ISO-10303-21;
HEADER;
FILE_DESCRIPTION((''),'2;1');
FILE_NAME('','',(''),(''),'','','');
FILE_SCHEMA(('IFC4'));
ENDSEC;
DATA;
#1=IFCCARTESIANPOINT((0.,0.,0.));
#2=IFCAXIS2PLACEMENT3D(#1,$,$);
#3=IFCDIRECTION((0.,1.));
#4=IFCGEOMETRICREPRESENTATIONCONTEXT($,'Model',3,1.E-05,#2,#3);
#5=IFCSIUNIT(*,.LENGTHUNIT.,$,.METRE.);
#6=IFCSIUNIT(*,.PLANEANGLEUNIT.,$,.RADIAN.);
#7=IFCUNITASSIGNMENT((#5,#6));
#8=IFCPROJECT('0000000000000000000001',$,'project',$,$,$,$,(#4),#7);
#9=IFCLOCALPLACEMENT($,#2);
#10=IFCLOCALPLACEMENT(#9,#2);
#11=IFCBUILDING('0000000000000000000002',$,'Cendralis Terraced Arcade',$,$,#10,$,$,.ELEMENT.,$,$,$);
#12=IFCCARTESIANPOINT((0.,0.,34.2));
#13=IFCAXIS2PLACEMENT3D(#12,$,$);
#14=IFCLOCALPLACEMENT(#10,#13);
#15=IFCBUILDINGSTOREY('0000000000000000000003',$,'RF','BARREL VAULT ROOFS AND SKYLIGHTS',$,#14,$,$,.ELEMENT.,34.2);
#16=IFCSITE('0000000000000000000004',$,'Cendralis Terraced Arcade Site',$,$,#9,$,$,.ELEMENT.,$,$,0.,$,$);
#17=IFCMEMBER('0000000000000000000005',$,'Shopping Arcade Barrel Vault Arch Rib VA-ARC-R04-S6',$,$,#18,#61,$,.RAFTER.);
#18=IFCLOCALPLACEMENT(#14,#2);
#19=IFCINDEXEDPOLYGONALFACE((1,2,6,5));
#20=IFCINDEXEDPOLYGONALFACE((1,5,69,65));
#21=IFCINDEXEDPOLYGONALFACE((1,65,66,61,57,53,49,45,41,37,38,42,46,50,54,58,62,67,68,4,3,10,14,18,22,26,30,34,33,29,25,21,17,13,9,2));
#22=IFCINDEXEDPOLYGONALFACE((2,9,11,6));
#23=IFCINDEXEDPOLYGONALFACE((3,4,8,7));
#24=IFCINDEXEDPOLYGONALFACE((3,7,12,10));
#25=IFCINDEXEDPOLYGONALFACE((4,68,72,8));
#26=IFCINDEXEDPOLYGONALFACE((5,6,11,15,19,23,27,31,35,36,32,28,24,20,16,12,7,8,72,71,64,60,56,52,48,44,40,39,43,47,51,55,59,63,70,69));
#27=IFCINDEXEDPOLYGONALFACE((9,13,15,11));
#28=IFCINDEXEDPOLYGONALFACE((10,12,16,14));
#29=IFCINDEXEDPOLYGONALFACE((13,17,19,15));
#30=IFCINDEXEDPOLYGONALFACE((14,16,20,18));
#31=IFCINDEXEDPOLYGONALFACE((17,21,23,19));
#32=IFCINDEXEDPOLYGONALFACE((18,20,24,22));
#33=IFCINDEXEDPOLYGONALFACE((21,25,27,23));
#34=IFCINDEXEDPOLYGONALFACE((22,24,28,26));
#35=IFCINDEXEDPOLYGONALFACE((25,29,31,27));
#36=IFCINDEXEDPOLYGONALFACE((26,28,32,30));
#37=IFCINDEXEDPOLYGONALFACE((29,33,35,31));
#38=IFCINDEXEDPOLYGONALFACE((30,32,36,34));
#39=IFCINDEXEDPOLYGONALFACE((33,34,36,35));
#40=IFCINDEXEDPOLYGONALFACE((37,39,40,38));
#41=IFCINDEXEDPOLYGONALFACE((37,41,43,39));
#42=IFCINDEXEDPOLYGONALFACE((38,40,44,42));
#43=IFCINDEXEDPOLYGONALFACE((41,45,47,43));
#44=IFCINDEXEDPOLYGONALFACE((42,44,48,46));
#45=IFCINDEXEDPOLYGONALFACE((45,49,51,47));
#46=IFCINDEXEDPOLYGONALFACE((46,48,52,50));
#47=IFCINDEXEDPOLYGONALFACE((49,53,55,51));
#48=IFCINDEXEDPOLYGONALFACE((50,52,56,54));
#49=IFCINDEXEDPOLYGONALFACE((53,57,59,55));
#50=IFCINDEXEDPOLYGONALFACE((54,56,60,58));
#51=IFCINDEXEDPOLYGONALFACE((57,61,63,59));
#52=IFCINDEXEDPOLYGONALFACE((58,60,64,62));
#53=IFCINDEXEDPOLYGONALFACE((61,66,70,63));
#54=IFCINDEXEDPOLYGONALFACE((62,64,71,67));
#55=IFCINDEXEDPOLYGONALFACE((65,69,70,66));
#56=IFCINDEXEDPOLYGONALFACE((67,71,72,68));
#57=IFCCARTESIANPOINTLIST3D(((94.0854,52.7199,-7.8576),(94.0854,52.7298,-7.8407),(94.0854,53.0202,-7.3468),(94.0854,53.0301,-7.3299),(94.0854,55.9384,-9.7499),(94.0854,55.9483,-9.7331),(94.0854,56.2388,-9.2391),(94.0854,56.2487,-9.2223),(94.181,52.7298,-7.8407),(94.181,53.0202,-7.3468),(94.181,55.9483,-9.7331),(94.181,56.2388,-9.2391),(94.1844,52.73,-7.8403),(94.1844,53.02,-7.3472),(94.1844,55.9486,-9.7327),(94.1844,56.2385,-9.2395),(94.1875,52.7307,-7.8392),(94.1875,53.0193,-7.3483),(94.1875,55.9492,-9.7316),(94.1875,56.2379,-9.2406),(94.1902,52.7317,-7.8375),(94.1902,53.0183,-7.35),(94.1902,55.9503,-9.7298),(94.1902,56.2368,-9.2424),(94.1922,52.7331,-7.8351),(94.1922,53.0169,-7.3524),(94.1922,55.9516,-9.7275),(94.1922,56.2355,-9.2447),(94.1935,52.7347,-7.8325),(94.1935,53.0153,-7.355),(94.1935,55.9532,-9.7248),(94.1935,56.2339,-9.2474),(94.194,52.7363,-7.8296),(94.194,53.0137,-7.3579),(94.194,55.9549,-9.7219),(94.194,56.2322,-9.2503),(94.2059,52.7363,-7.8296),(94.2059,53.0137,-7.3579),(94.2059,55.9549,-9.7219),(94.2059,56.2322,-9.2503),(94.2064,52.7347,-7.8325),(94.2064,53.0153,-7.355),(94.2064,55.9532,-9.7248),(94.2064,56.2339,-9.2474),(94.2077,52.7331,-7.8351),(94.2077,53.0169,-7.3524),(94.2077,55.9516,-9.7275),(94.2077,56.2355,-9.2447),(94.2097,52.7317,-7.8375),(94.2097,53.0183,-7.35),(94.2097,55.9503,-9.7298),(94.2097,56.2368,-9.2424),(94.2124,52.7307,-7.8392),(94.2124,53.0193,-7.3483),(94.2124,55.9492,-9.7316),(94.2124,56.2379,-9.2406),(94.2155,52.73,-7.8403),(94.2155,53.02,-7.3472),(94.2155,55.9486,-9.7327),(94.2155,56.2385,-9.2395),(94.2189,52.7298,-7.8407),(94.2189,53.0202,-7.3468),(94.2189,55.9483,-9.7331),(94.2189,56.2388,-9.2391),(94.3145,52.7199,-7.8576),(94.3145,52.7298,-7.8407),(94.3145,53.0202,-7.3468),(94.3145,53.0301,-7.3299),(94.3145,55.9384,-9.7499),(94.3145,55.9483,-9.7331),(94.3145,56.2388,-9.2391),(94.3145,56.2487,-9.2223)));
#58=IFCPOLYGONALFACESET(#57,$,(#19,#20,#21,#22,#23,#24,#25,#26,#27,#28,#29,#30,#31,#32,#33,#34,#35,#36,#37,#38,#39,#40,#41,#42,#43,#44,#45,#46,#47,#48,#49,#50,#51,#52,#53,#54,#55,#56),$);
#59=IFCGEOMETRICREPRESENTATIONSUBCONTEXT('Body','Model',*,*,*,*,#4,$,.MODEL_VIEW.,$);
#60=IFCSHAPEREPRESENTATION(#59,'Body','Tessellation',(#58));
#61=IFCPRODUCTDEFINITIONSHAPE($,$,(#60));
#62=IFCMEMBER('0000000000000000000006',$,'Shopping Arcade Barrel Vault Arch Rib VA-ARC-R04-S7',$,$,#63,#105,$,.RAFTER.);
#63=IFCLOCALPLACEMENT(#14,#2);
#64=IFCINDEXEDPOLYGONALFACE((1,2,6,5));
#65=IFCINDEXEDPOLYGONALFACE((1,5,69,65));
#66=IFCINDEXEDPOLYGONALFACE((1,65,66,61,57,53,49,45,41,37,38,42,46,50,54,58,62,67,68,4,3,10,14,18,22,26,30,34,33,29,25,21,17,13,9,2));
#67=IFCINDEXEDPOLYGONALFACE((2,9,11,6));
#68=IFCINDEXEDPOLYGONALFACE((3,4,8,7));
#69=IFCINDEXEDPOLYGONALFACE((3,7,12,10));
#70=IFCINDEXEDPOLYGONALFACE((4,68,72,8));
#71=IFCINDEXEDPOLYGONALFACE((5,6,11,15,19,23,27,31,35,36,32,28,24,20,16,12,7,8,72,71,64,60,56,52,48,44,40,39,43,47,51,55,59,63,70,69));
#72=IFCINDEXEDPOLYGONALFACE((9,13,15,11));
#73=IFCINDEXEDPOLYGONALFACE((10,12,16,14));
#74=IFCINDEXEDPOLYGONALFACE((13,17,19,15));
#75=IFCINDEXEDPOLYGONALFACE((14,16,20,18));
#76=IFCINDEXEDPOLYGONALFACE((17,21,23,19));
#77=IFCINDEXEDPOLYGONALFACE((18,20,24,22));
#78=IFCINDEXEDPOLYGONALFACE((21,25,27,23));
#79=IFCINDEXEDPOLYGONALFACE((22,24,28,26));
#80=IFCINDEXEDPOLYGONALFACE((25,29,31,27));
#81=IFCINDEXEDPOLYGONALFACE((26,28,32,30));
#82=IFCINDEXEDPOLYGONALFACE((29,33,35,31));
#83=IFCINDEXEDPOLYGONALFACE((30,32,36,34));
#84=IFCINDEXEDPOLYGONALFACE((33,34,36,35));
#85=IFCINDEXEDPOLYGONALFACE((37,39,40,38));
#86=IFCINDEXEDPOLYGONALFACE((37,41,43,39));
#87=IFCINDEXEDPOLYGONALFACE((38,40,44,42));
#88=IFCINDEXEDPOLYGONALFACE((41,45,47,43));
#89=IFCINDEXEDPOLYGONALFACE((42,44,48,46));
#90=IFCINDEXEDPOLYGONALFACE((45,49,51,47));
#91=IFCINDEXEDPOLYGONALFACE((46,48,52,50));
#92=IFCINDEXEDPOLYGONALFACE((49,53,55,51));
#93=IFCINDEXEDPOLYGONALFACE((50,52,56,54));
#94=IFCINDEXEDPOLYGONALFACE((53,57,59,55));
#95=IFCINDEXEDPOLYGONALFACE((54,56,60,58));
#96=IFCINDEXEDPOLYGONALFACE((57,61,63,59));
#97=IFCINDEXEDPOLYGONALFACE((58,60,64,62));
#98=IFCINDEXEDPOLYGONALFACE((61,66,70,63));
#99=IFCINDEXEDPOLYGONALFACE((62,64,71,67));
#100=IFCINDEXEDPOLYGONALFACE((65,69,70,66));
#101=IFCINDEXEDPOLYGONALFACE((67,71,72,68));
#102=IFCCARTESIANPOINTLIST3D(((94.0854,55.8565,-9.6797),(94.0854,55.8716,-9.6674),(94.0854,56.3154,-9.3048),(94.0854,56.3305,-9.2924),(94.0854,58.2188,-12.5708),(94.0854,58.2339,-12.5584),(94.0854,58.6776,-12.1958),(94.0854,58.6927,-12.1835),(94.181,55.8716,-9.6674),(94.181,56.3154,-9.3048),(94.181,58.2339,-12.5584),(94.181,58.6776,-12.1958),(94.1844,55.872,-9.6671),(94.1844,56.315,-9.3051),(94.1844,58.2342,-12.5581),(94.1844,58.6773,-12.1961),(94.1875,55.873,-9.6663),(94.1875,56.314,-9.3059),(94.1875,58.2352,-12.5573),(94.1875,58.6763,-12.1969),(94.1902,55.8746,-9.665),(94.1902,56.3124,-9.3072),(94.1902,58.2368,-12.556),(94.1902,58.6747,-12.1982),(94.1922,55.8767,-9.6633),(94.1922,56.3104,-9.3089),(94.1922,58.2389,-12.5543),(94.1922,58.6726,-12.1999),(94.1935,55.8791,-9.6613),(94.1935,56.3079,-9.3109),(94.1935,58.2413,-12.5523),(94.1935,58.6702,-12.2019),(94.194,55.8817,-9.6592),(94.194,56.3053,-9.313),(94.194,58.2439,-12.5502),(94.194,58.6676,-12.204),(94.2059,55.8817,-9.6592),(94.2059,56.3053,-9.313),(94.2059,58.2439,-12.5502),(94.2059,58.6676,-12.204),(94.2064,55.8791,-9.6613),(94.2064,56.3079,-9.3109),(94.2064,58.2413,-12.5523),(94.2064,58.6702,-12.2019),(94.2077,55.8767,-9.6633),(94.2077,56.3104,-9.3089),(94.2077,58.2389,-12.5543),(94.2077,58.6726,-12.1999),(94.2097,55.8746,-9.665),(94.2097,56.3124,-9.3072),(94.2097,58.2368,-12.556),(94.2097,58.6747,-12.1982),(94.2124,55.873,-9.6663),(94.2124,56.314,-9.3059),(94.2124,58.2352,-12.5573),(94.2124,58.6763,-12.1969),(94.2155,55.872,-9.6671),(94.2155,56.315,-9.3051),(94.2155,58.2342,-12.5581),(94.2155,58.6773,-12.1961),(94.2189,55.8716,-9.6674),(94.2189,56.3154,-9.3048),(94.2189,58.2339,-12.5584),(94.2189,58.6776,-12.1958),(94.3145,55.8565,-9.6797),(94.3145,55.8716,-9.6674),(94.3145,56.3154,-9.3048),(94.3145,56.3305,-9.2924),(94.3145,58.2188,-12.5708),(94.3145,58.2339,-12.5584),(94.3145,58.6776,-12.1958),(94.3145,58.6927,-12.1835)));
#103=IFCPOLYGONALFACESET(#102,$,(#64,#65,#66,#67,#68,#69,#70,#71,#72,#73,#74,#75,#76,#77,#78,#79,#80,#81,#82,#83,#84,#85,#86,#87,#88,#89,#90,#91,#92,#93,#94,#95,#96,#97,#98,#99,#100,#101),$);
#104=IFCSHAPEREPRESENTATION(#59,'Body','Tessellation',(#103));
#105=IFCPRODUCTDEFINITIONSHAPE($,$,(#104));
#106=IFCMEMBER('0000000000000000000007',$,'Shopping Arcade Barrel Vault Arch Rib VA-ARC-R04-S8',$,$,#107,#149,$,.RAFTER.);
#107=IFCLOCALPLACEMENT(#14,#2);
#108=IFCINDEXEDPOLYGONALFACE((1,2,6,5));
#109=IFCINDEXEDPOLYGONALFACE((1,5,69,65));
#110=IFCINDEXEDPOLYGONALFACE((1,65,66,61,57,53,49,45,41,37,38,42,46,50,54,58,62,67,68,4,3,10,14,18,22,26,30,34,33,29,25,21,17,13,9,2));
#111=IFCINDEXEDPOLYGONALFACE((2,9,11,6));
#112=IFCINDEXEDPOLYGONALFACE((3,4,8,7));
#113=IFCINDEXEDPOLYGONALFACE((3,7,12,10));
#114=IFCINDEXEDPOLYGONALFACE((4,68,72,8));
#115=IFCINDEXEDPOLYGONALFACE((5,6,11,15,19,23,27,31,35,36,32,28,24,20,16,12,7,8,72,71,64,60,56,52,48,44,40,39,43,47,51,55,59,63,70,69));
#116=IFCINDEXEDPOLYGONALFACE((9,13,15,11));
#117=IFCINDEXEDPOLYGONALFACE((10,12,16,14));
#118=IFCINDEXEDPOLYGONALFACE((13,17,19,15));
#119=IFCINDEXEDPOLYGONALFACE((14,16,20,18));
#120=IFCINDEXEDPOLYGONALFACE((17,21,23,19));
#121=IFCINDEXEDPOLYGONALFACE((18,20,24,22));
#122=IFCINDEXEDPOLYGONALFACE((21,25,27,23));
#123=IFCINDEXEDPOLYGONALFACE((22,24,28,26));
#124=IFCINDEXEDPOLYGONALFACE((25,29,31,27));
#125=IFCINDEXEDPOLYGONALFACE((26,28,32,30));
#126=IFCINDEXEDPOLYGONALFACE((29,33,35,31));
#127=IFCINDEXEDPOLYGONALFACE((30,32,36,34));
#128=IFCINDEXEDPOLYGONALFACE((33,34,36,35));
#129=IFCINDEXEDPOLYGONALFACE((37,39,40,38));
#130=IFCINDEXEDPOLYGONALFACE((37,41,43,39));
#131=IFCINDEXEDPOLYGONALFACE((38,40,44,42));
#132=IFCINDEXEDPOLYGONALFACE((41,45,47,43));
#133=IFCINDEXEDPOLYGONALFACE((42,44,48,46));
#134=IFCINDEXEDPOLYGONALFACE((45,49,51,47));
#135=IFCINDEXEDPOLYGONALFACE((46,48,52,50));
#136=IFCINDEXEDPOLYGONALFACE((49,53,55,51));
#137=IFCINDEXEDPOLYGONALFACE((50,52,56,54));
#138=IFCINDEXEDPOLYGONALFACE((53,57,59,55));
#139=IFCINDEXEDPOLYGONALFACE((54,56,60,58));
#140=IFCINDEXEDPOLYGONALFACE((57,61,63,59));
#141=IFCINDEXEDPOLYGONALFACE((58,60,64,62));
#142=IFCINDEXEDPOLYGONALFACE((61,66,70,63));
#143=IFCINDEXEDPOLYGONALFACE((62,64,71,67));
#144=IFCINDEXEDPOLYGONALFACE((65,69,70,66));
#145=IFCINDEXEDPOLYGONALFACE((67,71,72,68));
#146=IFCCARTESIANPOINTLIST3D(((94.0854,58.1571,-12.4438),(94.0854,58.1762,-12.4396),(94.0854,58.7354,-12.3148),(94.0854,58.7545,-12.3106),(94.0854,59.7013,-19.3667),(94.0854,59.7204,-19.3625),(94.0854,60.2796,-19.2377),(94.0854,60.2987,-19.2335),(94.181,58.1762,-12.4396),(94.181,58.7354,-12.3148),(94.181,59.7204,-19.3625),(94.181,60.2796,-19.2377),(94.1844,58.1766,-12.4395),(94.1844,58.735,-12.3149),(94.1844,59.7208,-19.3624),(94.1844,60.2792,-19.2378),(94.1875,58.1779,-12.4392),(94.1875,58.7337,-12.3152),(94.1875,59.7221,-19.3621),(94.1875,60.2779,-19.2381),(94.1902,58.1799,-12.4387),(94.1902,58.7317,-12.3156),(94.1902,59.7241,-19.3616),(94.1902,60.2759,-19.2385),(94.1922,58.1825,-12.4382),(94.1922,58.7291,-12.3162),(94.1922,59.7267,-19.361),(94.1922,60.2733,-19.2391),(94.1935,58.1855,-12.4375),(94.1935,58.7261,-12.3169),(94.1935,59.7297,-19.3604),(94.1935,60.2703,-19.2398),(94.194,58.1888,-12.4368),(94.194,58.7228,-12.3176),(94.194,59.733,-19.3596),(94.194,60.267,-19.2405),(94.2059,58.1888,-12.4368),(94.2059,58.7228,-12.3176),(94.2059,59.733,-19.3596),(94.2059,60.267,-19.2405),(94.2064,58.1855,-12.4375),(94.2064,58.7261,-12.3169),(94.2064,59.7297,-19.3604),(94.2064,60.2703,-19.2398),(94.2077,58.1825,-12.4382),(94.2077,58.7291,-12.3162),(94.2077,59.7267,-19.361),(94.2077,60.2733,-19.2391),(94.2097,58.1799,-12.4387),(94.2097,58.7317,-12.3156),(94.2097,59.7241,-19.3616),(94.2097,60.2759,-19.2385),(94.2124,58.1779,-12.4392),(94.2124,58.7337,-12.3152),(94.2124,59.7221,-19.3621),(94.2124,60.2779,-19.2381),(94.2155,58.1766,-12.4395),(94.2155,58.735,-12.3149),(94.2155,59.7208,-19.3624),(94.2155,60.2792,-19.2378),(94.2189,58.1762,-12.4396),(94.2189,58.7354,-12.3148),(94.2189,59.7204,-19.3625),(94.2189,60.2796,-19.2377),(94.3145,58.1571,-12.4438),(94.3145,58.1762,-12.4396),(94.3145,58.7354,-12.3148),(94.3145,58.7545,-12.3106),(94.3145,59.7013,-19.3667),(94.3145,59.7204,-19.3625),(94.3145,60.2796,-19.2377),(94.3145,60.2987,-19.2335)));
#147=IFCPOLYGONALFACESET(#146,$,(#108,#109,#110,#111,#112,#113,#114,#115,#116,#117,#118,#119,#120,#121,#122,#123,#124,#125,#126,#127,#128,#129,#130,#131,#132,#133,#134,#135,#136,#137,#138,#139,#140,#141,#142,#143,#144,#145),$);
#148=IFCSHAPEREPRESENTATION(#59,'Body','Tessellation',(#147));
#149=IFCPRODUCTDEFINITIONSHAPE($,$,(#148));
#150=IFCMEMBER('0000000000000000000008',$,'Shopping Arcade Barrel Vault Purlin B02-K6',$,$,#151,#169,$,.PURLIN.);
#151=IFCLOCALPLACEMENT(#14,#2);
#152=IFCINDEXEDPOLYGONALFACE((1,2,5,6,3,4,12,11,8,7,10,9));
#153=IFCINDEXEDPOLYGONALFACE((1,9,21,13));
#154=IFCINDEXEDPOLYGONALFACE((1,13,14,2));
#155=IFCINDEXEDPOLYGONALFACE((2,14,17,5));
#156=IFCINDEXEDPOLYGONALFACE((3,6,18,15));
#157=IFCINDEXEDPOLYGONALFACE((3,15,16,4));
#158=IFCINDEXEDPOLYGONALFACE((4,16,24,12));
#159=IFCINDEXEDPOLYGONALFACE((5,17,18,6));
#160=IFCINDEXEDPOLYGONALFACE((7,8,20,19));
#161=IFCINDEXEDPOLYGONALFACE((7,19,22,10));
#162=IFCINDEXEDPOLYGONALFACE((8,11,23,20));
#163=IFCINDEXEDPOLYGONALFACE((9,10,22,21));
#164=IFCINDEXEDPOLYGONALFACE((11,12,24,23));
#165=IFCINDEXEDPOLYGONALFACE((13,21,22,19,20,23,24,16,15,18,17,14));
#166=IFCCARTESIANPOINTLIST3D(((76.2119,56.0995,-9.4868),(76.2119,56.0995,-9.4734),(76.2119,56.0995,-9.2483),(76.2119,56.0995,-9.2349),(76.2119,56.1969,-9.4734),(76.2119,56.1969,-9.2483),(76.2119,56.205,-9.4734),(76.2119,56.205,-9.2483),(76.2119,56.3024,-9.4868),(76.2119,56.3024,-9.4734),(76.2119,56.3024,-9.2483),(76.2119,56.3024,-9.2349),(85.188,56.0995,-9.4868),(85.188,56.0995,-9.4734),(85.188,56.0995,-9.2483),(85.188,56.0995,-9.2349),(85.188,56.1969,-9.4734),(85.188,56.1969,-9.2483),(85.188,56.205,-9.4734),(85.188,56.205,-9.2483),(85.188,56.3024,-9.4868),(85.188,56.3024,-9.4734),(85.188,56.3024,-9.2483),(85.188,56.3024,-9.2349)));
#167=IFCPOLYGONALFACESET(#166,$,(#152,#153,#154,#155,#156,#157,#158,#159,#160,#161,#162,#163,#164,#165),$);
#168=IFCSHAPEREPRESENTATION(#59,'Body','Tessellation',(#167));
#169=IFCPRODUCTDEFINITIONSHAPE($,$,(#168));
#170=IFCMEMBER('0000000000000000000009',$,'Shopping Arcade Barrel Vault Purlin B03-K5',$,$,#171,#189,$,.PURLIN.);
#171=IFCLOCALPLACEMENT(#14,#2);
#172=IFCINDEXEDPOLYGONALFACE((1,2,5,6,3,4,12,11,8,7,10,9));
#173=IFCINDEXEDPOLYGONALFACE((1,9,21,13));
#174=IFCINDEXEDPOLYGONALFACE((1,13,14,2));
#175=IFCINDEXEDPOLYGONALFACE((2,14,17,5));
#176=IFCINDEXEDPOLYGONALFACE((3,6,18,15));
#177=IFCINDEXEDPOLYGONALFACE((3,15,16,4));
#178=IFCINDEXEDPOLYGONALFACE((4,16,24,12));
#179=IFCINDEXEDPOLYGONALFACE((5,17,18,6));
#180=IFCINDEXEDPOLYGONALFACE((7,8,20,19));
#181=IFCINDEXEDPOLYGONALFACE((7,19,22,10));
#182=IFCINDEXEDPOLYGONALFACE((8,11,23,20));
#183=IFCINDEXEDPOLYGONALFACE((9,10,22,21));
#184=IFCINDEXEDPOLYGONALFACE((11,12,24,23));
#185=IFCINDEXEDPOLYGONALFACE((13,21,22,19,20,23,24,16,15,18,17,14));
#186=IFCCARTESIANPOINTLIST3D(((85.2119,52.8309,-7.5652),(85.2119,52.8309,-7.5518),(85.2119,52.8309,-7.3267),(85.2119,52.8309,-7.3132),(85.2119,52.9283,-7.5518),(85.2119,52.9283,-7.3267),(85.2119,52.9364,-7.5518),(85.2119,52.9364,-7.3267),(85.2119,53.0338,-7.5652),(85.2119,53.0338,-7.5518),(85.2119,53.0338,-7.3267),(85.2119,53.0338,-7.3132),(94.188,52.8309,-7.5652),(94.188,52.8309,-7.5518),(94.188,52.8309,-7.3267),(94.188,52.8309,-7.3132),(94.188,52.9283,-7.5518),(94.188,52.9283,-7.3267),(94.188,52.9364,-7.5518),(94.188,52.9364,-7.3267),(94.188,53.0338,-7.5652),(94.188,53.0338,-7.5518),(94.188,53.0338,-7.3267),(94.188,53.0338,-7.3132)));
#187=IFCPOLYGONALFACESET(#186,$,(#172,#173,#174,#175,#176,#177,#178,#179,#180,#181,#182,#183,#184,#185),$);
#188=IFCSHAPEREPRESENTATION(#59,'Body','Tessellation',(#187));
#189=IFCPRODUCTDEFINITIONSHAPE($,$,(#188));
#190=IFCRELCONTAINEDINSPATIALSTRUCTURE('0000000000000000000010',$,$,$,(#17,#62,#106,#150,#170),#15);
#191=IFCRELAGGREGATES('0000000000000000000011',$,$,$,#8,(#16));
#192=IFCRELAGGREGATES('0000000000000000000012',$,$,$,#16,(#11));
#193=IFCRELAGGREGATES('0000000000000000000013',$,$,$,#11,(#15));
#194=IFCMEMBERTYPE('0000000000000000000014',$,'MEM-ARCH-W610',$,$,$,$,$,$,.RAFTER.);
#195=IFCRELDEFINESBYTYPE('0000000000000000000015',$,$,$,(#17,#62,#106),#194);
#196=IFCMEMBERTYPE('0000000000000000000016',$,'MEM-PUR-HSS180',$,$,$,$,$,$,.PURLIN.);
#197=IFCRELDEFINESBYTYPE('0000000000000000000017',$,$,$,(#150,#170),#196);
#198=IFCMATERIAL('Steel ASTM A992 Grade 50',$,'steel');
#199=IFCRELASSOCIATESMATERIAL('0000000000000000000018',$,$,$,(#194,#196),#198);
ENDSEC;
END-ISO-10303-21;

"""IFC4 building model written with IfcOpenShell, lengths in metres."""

from ifc_helpers import new_model, si_unit, direction, frame, origin, origin_2d, place, context, subcontext, project, spatial, i_section, extrude, material, material_profile, profile_set, type_object, element, save


model = new_model("IFC4")

# Units and contexts
model_context = context("Model", 3, precision=1e-05, world=origin(), true_north=direction((0.0, 1.0)))
body_context = subcontext(model_context, "Body", "Model", "MODEL_VIEW")
ifc_project = project(units=[si_unit("LENGTHUNIT", "METRE"), si_unit("PLANEANGLEUNIT", "RADIAN")], contexts=[model_context])

# Site, building, storey
site_placement = place(None, origin())
site = spatial("IfcSite", under=ifc_project, at=site_placement, Name="Cendralis Terraced Arcade Site", CompositionType="ELEMENT", RefElevation=0.0)
building_placement = place(site_placement, origin())
building = spatial("IfcBuilding", under=site, at=building_placement, Name="Cendralis Terraced Arcade", CompositionType="ELEMENT")
storey_placement = place(building_placement, frame((0.0, 0.0, 34.2)))
storey = spatial("IfcBuildingStorey", under=building, at=storey_placement, Name="RF", Description="BARREL VAULT ROOFS AND SKYLIGHTS", CompositionType="ELEMENT", Elevation=34.2)

# Members
ifc_material_1 = material(Name="Steel ASTM A992 Grade 50", Category="steel")
ifc_material_profile_1 = material_profile(ifc_material_1, i_section(OverallWidth=0.229, OverallDepth=0.6121, WebThickness=0.012, FlangeThickness=0.0195, FilletRadius=0.0129, at=origin_2d()), Name="W610X125", Category="LoadBearing")
ifc_profile_set_1 = profile_set([ifc_material_profile_1], Name="Steel ASTM A992 Grade 50")
member_type_1 = type_object("IfcMemberType", Name="MEM-ARCH-W610", PredefinedType="RAFTER", material=ifc_profile_set_1)
member_1_placement = place(storey_placement, frame((94.2, 52.875, -7.5938), z_axis=(0.0, 0.86204, -0.50684), x_axis=(-1.0, 0.0, 0.0)))
element("IfcMember", 1, at=member_1_placement, inside=storey, type_object=member_type_1, Name="Shopping Arcade Barrel Vault Arch Rib VA-ARC-R04-S6", PredefinedType="RAFTER", context=body_context, shape_type="SweptSolid", body=[
    extrude(i_section(OverallWidth=0.229, OverallDepth=0.6121, WebThickness=0.012, FlangeThickness=0.0195, FilletRadius=0.0129, at=origin_2d()), origin(), (0.0, 0.0, 1.0), 3.7336),
])
member_2_placement = place(storey_placement, frame((94.2, 56.0935, -9.4861), z_axis=(0.0, 0.632732, -0.774371), x_axis=(-1.0, 0.0, 0.0)))
element("IfcMember", 2, at=member_2_placement, inside=storey, type_object=member_type_1, Name="Shopping Arcade Barrel Vault Arch Rib VA-ARC-R04-S7", PredefinedType="RAFTER", context=body_context, shape_type="SweptSolid", body=[
    extrude(i_section(OverallWidth=0.229, OverallDepth=0.6121, WebThickness=0.012, FlangeThickness=0.0195, FilletRadius=0.0129, at=origin_2d()), origin(), (0.0, 0.0, 1.0), 3.7334),
])
member_3_placement = place(storey_placement, frame((94.2, 58.4558, -12.3772), z_axis=(0.0, 0.217707, -0.976014), x_axis=(-1.0, 0.0, 0.0)))
element("IfcMember", 3, at=member_3_placement, inside=storey, type_object=member_type_1, Name="Shopping Arcade Barrel Vault Arch Rib VA-ARC-R04-S8", PredefinedType="RAFTER", context=body_context, shape_type="SweptSolid", body=[
    extrude(i_section(OverallWidth=0.229, OverallDepth=0.6121, WebThickness=0.012, FlangeThickness=0.0195, FilletRadius=0.0129, at=origin_2d()), origin(), (0.0, 0.0, 1.0), 7.093),
])
ifc_material_profile_2 = material_profile(ifc_material_1, i_section(OverallWidth=0.2029, OverallDepth=0.252, WebThickness=0.0081, FlangeThickness=0.0134, at=origin_2d()), Name="W250X58", Category="LoadBearing")
ifc_profile_set_2 = profile_set([ifc_material_profile_2], Name="Steel ASTM A992 Grade 50")
member_type_2 = type_object("IfcMemberType", Name="MEM-PUR-HSS180", PredefinedType="PURLIN", material=ifc_profile_set_2)
for number, where, z_axis, x_axis, name in (
    (4, (76.2119, 56.2009, -9.3608), (1.0, 0.0, 0.0), (0.0, 1.0, 0.0), "Shopping Arcade Barrel Vault Purlin B02-K6"),
    (5, (85.2119, 52.9324, -7.4392), (1.0, 0.0, 0.0), (0.0, 1.0, 0.0), "Shopping Arcade Barrel Vault Purlin B03-K5"),
):
    element("IfcMember", number, at=place(storey_placement, frame(where, z_axis=z_axis, x_axis=x_axis)), inside=storey, type_object=member_type_2, Name=name, PredefinedType="PURLIN", context=body_context, shape_type="SweptSolid", body=[
        extrude(i_section(OverallWidth=0.2029, OverallDepth=0.252, WebThickness=0.0081, FlangeThickness=0.0134, at=origin_2d()), origin(), (0.0, 0.0, 1.0), 8.9761),
    ])

save(model, "model.ifc")
